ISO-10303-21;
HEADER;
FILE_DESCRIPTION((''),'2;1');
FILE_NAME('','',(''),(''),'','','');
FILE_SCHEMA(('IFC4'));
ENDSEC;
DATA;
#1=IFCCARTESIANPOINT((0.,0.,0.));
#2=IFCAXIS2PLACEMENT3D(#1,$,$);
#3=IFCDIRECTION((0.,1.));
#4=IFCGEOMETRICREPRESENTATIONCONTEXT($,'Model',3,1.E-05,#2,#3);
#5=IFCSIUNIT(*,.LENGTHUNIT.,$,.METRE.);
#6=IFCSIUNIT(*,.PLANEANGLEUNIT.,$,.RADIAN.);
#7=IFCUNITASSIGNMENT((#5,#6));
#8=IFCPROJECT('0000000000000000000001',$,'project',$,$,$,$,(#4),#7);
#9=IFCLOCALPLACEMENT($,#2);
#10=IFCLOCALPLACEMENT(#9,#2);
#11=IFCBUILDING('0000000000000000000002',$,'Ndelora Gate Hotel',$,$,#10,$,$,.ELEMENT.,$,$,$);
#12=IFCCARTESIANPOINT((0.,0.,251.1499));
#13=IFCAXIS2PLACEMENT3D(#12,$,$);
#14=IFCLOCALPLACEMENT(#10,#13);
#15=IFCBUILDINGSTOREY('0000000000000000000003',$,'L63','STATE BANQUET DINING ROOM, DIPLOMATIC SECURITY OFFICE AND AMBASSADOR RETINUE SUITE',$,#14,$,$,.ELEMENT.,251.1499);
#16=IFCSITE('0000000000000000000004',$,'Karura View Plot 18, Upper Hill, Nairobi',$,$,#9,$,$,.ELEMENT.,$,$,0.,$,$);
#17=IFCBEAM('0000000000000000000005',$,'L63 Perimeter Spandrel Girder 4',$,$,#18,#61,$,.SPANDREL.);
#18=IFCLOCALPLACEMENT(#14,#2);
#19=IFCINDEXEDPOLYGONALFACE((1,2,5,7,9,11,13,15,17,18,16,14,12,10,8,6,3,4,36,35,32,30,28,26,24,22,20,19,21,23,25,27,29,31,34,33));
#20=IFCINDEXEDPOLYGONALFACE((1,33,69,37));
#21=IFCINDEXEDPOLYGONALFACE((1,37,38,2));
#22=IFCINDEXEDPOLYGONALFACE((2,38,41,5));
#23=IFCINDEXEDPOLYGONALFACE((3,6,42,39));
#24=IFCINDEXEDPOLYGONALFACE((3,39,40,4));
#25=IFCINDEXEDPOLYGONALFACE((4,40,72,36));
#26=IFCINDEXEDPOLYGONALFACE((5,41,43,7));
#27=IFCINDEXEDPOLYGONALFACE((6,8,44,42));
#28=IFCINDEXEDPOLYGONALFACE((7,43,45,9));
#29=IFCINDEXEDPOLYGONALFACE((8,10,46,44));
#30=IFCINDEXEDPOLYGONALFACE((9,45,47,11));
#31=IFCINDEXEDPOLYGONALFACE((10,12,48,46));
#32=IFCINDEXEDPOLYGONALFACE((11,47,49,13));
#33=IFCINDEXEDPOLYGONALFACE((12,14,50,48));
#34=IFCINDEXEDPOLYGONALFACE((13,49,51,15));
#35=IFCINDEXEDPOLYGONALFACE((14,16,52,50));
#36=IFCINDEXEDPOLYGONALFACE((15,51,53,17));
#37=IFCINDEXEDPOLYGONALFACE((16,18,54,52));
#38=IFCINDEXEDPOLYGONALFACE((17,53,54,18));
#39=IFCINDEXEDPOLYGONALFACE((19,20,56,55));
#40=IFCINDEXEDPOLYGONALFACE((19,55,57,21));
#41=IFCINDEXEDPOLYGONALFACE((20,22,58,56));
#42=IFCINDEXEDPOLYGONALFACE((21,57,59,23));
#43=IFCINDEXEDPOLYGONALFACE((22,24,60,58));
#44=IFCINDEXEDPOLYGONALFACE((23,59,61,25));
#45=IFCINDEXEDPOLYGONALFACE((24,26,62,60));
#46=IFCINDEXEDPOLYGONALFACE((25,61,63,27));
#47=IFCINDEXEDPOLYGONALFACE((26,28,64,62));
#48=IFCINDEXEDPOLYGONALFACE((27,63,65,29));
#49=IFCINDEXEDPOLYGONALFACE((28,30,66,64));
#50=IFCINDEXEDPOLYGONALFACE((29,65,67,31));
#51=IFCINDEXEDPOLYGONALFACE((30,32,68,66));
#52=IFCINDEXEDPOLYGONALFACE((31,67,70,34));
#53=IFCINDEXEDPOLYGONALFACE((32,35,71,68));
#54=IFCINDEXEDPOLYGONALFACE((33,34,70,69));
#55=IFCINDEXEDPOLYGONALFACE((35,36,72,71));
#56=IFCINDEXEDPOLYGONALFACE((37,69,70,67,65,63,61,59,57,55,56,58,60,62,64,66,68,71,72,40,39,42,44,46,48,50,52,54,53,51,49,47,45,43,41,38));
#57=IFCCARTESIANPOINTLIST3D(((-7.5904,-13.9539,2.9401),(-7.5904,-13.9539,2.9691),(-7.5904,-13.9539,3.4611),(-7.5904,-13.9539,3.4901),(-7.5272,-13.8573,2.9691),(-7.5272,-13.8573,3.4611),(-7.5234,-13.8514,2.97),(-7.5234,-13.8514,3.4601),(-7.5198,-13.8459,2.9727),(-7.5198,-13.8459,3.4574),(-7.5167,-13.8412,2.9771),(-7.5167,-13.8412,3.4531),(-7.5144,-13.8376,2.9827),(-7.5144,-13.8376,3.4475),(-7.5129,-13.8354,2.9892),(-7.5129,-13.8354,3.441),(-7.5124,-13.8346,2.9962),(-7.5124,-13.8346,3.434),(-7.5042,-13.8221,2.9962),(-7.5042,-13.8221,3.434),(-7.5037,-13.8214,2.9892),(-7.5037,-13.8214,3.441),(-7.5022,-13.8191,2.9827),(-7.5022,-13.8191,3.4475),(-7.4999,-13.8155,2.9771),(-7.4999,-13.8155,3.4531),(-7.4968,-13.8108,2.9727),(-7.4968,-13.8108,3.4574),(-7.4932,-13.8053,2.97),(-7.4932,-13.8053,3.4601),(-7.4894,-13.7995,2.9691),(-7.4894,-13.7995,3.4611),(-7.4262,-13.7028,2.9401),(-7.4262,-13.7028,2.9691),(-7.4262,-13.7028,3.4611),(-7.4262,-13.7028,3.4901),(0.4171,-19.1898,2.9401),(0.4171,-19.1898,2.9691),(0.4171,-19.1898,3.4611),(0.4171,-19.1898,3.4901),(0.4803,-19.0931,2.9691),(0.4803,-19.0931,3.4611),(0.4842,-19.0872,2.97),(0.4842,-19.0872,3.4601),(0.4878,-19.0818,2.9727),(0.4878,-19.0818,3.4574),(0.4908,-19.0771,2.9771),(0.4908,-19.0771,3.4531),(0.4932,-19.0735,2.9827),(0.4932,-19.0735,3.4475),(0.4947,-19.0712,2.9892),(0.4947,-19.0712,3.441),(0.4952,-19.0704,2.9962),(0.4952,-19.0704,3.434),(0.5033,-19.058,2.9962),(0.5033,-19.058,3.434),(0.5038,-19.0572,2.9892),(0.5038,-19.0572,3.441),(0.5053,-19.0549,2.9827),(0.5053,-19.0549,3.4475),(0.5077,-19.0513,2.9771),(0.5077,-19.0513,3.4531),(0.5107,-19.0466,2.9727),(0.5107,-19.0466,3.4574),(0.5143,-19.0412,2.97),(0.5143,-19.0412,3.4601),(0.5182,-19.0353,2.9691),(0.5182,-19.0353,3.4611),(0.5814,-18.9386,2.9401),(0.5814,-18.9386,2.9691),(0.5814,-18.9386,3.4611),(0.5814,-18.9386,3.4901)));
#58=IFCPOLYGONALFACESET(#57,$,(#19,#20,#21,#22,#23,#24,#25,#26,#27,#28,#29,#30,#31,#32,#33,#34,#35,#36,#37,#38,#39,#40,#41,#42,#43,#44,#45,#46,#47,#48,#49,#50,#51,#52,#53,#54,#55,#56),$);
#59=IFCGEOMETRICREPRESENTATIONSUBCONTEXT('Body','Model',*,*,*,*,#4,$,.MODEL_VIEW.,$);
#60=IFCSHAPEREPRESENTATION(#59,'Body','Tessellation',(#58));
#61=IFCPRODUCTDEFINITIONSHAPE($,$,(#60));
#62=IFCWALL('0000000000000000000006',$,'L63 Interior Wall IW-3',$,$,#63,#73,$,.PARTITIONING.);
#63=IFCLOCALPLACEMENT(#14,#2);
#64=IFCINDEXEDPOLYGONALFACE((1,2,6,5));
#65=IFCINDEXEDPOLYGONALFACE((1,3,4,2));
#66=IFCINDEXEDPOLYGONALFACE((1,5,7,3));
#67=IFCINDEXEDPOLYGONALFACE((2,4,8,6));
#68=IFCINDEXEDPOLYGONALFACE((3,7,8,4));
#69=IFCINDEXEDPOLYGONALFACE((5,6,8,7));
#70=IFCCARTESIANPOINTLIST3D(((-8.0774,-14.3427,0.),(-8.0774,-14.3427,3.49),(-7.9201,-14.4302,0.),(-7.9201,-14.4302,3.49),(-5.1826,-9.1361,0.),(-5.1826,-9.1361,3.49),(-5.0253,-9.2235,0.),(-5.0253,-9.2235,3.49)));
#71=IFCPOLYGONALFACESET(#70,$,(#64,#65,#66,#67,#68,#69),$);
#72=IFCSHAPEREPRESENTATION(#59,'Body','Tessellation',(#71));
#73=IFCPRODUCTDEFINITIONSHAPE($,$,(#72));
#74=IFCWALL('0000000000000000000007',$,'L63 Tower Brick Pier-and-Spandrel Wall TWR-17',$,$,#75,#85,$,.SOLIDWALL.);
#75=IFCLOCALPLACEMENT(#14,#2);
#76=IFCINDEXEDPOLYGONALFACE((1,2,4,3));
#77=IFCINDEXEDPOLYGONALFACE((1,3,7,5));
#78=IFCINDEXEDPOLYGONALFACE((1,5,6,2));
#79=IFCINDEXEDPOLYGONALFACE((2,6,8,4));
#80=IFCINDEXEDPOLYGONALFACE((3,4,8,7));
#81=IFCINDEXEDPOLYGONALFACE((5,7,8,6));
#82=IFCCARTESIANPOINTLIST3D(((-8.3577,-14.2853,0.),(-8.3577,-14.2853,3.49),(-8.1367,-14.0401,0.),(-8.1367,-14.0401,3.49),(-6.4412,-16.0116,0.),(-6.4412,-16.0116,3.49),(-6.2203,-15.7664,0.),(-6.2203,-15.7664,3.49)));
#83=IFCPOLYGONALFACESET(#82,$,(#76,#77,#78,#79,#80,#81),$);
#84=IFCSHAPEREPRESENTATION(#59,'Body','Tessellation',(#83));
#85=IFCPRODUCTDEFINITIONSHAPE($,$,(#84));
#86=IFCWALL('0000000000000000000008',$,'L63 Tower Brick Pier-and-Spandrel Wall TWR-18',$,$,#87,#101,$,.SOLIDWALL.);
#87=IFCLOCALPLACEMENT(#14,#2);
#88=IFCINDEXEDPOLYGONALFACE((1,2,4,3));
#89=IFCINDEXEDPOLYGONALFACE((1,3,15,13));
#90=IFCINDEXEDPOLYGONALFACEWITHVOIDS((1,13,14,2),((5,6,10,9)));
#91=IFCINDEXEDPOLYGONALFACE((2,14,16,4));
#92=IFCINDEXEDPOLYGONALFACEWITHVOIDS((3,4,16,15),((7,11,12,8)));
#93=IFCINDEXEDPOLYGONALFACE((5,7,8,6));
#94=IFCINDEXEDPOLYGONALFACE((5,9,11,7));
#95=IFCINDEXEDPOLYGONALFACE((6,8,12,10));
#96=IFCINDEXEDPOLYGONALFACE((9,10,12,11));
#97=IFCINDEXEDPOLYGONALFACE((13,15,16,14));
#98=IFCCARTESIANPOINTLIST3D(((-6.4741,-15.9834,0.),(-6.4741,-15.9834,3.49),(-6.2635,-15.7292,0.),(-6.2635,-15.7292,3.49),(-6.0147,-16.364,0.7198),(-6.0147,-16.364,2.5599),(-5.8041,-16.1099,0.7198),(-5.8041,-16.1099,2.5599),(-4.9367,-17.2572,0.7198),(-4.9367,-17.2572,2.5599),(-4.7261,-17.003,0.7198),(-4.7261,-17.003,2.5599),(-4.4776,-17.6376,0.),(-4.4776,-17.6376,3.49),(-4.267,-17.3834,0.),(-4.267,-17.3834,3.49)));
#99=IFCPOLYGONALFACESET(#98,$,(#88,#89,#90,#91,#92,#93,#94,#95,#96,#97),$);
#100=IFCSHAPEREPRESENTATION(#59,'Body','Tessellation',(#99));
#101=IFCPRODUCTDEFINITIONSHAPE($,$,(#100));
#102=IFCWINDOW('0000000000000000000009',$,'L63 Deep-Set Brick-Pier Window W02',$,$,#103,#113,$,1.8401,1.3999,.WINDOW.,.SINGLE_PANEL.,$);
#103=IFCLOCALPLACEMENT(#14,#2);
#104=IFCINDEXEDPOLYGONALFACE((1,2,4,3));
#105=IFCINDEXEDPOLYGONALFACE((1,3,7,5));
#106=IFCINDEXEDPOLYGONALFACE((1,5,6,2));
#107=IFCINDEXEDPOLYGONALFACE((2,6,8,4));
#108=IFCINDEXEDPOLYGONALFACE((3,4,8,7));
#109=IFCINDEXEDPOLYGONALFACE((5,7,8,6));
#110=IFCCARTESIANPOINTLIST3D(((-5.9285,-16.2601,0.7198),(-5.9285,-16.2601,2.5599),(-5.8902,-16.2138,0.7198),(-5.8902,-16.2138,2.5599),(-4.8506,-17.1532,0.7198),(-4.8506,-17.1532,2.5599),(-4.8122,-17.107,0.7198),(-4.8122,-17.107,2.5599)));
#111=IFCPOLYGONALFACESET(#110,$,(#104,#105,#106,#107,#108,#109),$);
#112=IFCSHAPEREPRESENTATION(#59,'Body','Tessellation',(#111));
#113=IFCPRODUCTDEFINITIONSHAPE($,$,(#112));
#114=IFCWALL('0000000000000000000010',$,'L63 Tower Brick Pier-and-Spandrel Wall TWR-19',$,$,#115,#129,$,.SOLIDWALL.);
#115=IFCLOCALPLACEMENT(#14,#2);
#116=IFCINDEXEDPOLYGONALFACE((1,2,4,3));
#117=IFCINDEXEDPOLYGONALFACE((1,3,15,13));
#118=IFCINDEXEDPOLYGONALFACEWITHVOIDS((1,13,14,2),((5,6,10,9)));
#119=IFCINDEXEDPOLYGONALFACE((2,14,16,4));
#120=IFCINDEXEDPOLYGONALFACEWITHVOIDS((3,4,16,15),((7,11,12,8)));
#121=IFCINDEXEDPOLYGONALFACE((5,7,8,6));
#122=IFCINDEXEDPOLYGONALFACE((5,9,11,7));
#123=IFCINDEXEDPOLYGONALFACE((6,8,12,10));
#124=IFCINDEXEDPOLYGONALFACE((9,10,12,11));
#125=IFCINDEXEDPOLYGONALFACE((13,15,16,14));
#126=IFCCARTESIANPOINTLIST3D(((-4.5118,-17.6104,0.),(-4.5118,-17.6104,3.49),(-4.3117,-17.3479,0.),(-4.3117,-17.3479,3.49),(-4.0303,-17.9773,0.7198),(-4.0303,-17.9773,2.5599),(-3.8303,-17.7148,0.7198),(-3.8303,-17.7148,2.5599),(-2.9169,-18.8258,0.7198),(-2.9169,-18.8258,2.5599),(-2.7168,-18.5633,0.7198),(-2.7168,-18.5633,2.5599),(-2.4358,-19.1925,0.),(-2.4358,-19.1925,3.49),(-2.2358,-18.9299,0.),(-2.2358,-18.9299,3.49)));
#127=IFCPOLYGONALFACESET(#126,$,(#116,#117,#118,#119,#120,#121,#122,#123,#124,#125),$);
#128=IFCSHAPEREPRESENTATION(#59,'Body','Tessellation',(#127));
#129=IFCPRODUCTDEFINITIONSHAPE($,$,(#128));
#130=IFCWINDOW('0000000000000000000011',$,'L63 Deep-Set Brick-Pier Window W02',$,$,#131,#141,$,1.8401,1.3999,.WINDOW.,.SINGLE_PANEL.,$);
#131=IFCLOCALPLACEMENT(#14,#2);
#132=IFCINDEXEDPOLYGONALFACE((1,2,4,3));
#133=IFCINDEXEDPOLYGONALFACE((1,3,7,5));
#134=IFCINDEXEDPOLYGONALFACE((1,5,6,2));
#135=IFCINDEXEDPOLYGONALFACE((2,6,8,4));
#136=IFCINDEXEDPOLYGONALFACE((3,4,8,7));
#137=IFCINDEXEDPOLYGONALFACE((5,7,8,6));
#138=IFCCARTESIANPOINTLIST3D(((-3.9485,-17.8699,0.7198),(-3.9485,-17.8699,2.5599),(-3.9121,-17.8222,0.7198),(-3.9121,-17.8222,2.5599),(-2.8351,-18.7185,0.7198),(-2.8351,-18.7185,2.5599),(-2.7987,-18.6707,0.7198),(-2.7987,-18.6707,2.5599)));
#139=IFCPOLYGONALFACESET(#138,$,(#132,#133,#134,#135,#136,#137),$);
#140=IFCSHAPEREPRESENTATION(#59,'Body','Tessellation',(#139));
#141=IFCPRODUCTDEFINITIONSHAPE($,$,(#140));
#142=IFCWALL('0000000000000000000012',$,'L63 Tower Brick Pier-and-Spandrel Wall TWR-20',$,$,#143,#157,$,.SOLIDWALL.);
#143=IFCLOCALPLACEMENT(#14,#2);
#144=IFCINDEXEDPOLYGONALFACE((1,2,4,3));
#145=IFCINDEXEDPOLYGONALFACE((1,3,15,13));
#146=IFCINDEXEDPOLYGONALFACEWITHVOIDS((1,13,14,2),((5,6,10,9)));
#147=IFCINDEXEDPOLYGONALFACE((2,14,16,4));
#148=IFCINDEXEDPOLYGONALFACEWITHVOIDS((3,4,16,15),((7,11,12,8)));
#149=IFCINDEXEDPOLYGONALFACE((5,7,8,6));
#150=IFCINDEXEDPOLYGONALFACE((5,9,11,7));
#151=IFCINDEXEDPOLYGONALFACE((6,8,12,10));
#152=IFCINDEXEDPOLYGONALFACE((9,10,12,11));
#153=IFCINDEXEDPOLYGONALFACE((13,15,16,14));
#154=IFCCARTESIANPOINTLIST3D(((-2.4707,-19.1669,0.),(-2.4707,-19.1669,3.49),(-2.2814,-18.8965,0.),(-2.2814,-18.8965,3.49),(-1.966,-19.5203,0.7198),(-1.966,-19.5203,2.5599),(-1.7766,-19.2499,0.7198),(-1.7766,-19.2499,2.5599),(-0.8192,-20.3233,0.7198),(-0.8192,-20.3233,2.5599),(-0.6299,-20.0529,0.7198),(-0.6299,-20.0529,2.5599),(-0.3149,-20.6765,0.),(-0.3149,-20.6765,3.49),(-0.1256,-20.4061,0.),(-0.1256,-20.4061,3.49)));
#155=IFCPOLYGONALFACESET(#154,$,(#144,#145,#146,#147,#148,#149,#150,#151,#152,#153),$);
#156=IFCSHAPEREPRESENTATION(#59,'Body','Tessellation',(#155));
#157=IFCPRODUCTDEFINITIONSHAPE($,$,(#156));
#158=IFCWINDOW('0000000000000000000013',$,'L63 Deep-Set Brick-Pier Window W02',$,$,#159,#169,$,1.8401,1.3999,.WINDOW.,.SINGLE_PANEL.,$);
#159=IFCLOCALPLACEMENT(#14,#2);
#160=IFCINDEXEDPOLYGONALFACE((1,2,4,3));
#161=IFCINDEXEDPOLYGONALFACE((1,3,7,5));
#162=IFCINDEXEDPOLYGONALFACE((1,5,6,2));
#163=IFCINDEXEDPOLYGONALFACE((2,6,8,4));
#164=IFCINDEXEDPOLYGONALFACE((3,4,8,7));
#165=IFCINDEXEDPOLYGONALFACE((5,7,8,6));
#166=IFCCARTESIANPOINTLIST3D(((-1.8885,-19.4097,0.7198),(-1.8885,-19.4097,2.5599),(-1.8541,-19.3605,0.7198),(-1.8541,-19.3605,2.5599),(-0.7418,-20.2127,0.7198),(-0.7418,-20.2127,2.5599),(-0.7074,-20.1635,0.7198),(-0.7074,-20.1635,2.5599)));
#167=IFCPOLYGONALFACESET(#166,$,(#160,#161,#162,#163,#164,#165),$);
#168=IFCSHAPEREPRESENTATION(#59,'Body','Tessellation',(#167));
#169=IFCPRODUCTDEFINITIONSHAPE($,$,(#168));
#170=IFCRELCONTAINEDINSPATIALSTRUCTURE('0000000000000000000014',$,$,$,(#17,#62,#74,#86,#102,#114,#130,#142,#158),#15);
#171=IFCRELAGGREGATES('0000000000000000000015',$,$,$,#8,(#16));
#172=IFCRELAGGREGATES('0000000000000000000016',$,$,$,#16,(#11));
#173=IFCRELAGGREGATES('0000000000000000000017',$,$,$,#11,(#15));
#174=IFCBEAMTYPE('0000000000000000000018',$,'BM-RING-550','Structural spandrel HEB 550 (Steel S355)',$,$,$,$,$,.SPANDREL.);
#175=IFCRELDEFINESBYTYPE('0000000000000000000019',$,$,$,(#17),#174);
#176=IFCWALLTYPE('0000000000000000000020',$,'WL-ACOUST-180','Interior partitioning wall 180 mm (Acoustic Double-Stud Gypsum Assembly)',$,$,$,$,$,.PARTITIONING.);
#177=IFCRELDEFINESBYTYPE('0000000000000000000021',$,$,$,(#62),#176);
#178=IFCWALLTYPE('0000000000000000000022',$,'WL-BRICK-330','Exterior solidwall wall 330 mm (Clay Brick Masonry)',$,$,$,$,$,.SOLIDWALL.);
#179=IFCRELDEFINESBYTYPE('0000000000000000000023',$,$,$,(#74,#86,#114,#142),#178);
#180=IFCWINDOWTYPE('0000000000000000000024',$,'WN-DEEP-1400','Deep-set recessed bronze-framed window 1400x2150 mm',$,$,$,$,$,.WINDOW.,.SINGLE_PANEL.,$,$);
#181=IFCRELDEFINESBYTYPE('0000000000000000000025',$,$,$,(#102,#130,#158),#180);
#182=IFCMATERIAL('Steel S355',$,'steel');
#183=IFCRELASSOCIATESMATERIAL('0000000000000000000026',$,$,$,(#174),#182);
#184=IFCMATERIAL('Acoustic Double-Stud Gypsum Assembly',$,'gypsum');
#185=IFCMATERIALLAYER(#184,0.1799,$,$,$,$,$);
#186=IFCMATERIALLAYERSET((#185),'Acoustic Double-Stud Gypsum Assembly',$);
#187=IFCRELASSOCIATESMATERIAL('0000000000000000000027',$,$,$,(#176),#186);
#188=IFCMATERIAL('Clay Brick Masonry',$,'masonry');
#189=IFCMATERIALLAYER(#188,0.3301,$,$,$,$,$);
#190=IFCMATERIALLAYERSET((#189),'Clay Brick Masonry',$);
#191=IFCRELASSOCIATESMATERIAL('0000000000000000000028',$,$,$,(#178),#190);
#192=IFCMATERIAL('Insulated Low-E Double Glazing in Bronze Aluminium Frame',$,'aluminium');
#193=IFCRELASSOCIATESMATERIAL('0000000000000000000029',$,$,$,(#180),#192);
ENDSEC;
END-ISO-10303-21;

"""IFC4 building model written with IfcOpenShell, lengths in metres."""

from ifc_helpers import new_model, si_unit, direction, frame, frame_2d, origin, origin_2d, place, context, subcontext, project, spatial, rectangle, i_section, extrude, material, layer, layer_set, material_profile, profile_set, type_object, element, fill, save


model = new_model("IFC4")

# Units and contexts
model_context = context("Model", 3, precision=1e-05, world=origin(), true_north=direction((0.0, 1.0)))
body_context = subcontext(model_context, "Body", "Model", "MODEL_VIEW")
ifc_project = project(units=[si_unit("LENGTHUNIT", "METRE"), si_unit("PLANEANGLEUNIT", "RADIAN")], contexts=[model_context])

# Site, building, storey
site_placement = place(None, origin())
site = spatial("IfcSite", under=ifc_project, at=site_placement, Name="Karura View Plot 18, Upper Hill, Nairobi", CompositionType="ELEMENT", RefElevation=0.0)
building_placement = place(site_placement, origin())
building = spatial("IfcBuilding", under=site, at=building_placement, Name="Ndelora Gate Hotel", CompositionType="ELEMENT")
storey_placement = place(building_placement, frame((0.0, 0.0, 251.1499)))
storey = spatial("IfcBuildingStorey", under=building, at=storey_placement, Name="L63", Description="STATE BANQUET DINING ROOM, DIPLOMATIC SECURITY OFFICE AND AMBASSADOR RETINUE SUITE", CompositionType="ELEMENT", Elevation=251.1499)

# Beam
ifc_material_1 = material(Name="Steel S355", Category="steel")
ifc_material_profile_1 = material_profile(ifc_material_1, i_section(OverallWidth=0.3, OverallDepth=0.55, WebThickness=0.0149, FlangeThickness=0.0291, FilletRadius=0.0271, at=origin_2d()), Name="HEB 550")
ifc_profile_set_1 = profile_set([ifc_material_profile_1], Name="Steel S355")
beam_type_1 = type_object("IfcBeamType", Name="BM-RING-550", Description="Structural spandrel HEB 550 (Steel S355)", PredefinedType="SPANDREL", material=ifc_profile_set_1)
beam_1_placement = place(storey_placement, frame((-7.5083, -13.8284, 3.2151), z_axis=(0.836964, -0.547258, 0.0), x_axis=(0.547258, 0.836964, 0.0)))
element("IfcBeam", 1, at=beam_1_placement, inside=storey, type_object=beam_type_1, Name="L63 Perimeter Spandrel Girder 4", PredefinedType="SPANDREL", context=body_context, shape_type="SweptSolid", body=[
    extrude(i_section(OverallWidth=0.3, OverallDepth=0.55, WebThickness=0.0149, FlangeThickness=0.0291, FilletRadius=0.0271, at=origin_2d()), origin(), (0.0, 0.0, 1.0), 9.5674),
])

# Walls
ifc_material_2 = material(Name="Acoustic Double-Stud Gypsum Assembly", Category="gypsum")
ifc_layer_1 = layer(ifc_material_2, 0.1799)
ifc_layer_set_1 = layer_set([ifc_layer_1], Name="Acoustic Double-Stud Gypsum Assembly")
wall_type_1 = type_object("IfcWallType", Name="WL-ACOUST-180", Description="Interior partitioning wall 180 mm (Acoustic Double-Stud Gypsum Assembly)", PredefinedType="PARTITIONING", material=ifc_layer_set_1)
wall_1_placement = place(storey_placement, frame((-5.104, -9.1799, 0.0), z_axis=(0.0, 0.0, 1.0), x_axis=(-0.485932, -0.873997, 0.0)))
element("IfcWall", 2, at=wall_1_placement, inside=storey, type_object=wall_type_1, Name="L63 Interior Wall IW-3", PredefinedType="PARTITIONING", context=body_context, shape_type="SweptSolid", body=[
    extrude(rectangle(XDim=5.9573, YDim=0.1799, at=frame_2d((2.9785, 0.0))), origin(), (0.0, 0.0, 1.0), 3.49),
])
ifc_material_3 = material(Name="Clay Brick Masonry", Category="masonry")
ifc_layer_2 = layer(ifc_material_3, 0.3301)
ifc_layer_set_2 = layer_set([ifc_layer_2], Name="Clay Brick Masonry")
wall_type_2 = type_object("IfcWallType", Name="WL-BRICK-330", Description="Exterior solidwall wall 330 mm (Clay Brick Masonry)", PredefinedType="SOLIDWALL", material=ifc_layer_set_2)
wall_2_placement = place(storey_placement, frame((-6.3308, -15.8889, 0.0), z_axis=(0.0, 0.0, 1.0), x_axis=(-0.743012, 0.669278, 0.0)))
element("IfcWall", 3, at=wall_2_placement, inside=storey, type_object=wall_type_2, Name="L63 Tower Brick Pier-and-Spandrel Wall TWR-17", PredefinedType="SOLIDWALL", context=body_context, shape_type="SweptSolid", body=[
    extrude(rectangle(XDim=2.5793, YDim=0.3301, at=frame_2d((1.2896, 0.0))), origin(), (0.0, 0.0, 1.0), 3.49),
])

# Walls, openings, windows
wall_3_placement = place(storey_placement, frame((-4.3723, -17.5105, 0.0), z_axis=(0.0, 0.0, 1.0), x_axis=(-0.770024, 0.638015, 0.0)))
wall_3 = element("IfcWall", 4, at=wall_3_placement, inside=storey, type_object=wall_type_2, Name="L63 Tower Brick Pier-and-Spandrel Wall TWR-18", PredefinedType="SOLIDWALL", context=body_context, shape_type="SweptSolid", body=[
    extrude(rectangle(XDim=2.5928, YDim=0.3301, at=frame_2d((1.2964, 0.0))), origin(), (0.0, 0.0, 1.0), 3.49),
])
opening_1_placement = place(wall_3_placement, frame((0.5962, 0.0, 0.72)))
opening_1 = element("IfcOpeningElement", 5, at=opening_1_placement, cuts=wall_3, PredefinedType="OPENING", context=body_context, shape_type="SweptSolid", body=[
    extrude(rectangle(XDim=1.3999, YDim=1.8401, at=frame_2d((0.7, 0.9199))), frame((0.0, 0.175, 0.0), z_axis=(0.0, -1.0, 0.0), x_axis=(1.0, 0.0, 0.0)), (0.0, 0.0, 1.0), 0.3501),
])
ifc_material_4 = material(Name="Insulated Low-E Double Glazing in Bronze Aluminium Frame", Category="aluminium")
window_type = type_object("IfcWindowType", Name="WN-DEEP-1400", Description="Deep-set recessed bronze-framed window 1400x2150 mm", PartitioningType="SINGLE_PANEL", PredefinedType="WINDOW", material=ifc_material_4)
window_1_placement = place(opening_1_placement, origin())
window_1 = element("IfcWindow", 6, at=window_1_placement, inside=storey, type_object=window_type, Name="L63 Deep-Set Brick-Pier Window W02", OverallHeight=1.8401, OverallWidth=1.3999, PartitioningType="SINGLE_PANEL", PredefinedType="WINDOW", context=body_context, shape_type="SweptSolid", body=[
    extrude(rectangle(XDim=1.3999, YDim=1.8401, at=frame_2d((0.7, 0.9199))), frame((0.0, 0.03, 0.0), z_axis=(0.0, -1.0, 0.0), x_axis=(1.0, 0.0, 0.0)), (0.0, 0.0, 1.0), 0.0601),
])
fill(opening_1, window_1)
wall_4_placement = place(storey_placement, frame((-2.3357, -19.0613, 0.0), z_axis=(0.0, 0.0, 1.0), x_axis=(-0.795363, 0.606133, 0.0)))
wall_4 = element("IfcWall", 7, at=wall_4_placement, inside=storey, type_object=wall_type_2, Name="L63 Tower Brick Pier-and-Spandrel Wall TWR-19", PredefinedType="SOLIDWALL", context=body_context, shape_type="SweptSolid", body=[
    extrude(rectangle(XDim=2.6101, YDim=0.3301, at=frame_2d((1.3052, 0.0))), origin(), (0.0, 0.0, 1.0), 3.49),
])
opening_2_placement = place(wall_4_placement, frame((0.605, 0.0, 0.72)))
opening_2 = element("IfcOpeningElement", 8, at=opening_2_placement, cuts=wall_4, PredefinedType="OPENING", context=body_context, shape_type="SweptSolid", body=[
    extrude(rectangle(XDim=1.3999, YDim=1.8401, at=frame_2d((0.7, 0.9199))), frame((0.0, 0.175, 0.0), z_axis=(0.0, -1.0, 0.0), x_axis=(1.0, 0.0, 0.0)), (0.0, 0.0, 1.0), 0.3501),
])
window_2_placement = place(opening_2_placement, origin())
window_2 = element("IfcWindow", 9, at=window_2_placement, inside=storey, type_object=window_type, Name="L63 Deep-Set Brick-Pier Window W02", OverallHeight=1.8401, OverallWidth=1.3999, PartitioningType="SINGLE_PANEL", PredefinedType="WINDOW", context=body_context, shape_type="SweptSolid", body=[
    extrude(rectangle(XDim=1.3999, YDim=1.8401, at=frame_2d((0.7, 0.9199))), frame((0.0, 0.03, 0.0), z_axis=(0.0, -1.0, 0.0), x_axis=(1.0, 0.0, 0.0)), (0.0, 0.0, 1.0), 0.0601),
])
fill(opening_2, window_2)
wall_5_placement = place(storey_placement, frame((-0.2202, -20.5413, 0.0), z_axis=(0.0, 0.0, 1.0), x_axis=(-0.819145, 0.573587, 0.0)))
wall_5 = element("IfcWall", 10, at=wall_5_placement, inside=storey, type_object=wall_type_2, Name="L63 Tower Brick Pier-and-Spandrel Wall TWR-20", PredefinedType="SOLIDWALL", context=body_context, shape_type="SweptSolid", body=[
    extrude(rectangle(XDim=2.6318, YDim=0.3301, at=frame_2d((1.3159, 0.0))), origin(), (0.0, 0.0, 1.0), 3.49),
])
opening_3_placement = place(wall_5_placement, frame((0.6157, 0.0, 0.72)))
opening_3 = element("IfcOpeningElement", 11, at=opening_3_placement, cuts=wall_5, PredefinedType="OPENING", context=body_context, shape_type="SweptSolid", body=[
    extrude(rectangle(XDim=1.3999, YDim=1.8401, at=frame_2d((0.7, 0.9199))), frame((0.0, 0.175, 0.0), z_axis=(0.0, -1.0, 0.0), x_axis=(1.0, 0.0, 0.0)), (0.0, 0.0, 1.0), 0.3501),
])
window_3_placement = place(opening_3_placement, origin())
window_3 = element("IfcWindow", 12, at=window_3_placement, inside=storey, type_object=window_type, Name="L63 Deep-Set Brick-Pier Window W02", OverallHeight=1.8401, OverallWidth=1.3999, PartitioningType="SINGLE_PANEL", PredefinedType="WINDOW", context=body_context, shape_type="SweptSolid", body=[
    extrude(rectangle(XDim=1.3999, YDim=1.8401, at=frame_2d((0.7, 0.9199))), frame((0.0, 0.03, 0.0), z_axis=(0.0, -1.0, 0.0), x_axis=(1.0, 0.0, 0.0)), (0.0, 0.0, 1.0), 0.0601),
])
fill(opening_3, window_3)

save(model, "model.ifc")
